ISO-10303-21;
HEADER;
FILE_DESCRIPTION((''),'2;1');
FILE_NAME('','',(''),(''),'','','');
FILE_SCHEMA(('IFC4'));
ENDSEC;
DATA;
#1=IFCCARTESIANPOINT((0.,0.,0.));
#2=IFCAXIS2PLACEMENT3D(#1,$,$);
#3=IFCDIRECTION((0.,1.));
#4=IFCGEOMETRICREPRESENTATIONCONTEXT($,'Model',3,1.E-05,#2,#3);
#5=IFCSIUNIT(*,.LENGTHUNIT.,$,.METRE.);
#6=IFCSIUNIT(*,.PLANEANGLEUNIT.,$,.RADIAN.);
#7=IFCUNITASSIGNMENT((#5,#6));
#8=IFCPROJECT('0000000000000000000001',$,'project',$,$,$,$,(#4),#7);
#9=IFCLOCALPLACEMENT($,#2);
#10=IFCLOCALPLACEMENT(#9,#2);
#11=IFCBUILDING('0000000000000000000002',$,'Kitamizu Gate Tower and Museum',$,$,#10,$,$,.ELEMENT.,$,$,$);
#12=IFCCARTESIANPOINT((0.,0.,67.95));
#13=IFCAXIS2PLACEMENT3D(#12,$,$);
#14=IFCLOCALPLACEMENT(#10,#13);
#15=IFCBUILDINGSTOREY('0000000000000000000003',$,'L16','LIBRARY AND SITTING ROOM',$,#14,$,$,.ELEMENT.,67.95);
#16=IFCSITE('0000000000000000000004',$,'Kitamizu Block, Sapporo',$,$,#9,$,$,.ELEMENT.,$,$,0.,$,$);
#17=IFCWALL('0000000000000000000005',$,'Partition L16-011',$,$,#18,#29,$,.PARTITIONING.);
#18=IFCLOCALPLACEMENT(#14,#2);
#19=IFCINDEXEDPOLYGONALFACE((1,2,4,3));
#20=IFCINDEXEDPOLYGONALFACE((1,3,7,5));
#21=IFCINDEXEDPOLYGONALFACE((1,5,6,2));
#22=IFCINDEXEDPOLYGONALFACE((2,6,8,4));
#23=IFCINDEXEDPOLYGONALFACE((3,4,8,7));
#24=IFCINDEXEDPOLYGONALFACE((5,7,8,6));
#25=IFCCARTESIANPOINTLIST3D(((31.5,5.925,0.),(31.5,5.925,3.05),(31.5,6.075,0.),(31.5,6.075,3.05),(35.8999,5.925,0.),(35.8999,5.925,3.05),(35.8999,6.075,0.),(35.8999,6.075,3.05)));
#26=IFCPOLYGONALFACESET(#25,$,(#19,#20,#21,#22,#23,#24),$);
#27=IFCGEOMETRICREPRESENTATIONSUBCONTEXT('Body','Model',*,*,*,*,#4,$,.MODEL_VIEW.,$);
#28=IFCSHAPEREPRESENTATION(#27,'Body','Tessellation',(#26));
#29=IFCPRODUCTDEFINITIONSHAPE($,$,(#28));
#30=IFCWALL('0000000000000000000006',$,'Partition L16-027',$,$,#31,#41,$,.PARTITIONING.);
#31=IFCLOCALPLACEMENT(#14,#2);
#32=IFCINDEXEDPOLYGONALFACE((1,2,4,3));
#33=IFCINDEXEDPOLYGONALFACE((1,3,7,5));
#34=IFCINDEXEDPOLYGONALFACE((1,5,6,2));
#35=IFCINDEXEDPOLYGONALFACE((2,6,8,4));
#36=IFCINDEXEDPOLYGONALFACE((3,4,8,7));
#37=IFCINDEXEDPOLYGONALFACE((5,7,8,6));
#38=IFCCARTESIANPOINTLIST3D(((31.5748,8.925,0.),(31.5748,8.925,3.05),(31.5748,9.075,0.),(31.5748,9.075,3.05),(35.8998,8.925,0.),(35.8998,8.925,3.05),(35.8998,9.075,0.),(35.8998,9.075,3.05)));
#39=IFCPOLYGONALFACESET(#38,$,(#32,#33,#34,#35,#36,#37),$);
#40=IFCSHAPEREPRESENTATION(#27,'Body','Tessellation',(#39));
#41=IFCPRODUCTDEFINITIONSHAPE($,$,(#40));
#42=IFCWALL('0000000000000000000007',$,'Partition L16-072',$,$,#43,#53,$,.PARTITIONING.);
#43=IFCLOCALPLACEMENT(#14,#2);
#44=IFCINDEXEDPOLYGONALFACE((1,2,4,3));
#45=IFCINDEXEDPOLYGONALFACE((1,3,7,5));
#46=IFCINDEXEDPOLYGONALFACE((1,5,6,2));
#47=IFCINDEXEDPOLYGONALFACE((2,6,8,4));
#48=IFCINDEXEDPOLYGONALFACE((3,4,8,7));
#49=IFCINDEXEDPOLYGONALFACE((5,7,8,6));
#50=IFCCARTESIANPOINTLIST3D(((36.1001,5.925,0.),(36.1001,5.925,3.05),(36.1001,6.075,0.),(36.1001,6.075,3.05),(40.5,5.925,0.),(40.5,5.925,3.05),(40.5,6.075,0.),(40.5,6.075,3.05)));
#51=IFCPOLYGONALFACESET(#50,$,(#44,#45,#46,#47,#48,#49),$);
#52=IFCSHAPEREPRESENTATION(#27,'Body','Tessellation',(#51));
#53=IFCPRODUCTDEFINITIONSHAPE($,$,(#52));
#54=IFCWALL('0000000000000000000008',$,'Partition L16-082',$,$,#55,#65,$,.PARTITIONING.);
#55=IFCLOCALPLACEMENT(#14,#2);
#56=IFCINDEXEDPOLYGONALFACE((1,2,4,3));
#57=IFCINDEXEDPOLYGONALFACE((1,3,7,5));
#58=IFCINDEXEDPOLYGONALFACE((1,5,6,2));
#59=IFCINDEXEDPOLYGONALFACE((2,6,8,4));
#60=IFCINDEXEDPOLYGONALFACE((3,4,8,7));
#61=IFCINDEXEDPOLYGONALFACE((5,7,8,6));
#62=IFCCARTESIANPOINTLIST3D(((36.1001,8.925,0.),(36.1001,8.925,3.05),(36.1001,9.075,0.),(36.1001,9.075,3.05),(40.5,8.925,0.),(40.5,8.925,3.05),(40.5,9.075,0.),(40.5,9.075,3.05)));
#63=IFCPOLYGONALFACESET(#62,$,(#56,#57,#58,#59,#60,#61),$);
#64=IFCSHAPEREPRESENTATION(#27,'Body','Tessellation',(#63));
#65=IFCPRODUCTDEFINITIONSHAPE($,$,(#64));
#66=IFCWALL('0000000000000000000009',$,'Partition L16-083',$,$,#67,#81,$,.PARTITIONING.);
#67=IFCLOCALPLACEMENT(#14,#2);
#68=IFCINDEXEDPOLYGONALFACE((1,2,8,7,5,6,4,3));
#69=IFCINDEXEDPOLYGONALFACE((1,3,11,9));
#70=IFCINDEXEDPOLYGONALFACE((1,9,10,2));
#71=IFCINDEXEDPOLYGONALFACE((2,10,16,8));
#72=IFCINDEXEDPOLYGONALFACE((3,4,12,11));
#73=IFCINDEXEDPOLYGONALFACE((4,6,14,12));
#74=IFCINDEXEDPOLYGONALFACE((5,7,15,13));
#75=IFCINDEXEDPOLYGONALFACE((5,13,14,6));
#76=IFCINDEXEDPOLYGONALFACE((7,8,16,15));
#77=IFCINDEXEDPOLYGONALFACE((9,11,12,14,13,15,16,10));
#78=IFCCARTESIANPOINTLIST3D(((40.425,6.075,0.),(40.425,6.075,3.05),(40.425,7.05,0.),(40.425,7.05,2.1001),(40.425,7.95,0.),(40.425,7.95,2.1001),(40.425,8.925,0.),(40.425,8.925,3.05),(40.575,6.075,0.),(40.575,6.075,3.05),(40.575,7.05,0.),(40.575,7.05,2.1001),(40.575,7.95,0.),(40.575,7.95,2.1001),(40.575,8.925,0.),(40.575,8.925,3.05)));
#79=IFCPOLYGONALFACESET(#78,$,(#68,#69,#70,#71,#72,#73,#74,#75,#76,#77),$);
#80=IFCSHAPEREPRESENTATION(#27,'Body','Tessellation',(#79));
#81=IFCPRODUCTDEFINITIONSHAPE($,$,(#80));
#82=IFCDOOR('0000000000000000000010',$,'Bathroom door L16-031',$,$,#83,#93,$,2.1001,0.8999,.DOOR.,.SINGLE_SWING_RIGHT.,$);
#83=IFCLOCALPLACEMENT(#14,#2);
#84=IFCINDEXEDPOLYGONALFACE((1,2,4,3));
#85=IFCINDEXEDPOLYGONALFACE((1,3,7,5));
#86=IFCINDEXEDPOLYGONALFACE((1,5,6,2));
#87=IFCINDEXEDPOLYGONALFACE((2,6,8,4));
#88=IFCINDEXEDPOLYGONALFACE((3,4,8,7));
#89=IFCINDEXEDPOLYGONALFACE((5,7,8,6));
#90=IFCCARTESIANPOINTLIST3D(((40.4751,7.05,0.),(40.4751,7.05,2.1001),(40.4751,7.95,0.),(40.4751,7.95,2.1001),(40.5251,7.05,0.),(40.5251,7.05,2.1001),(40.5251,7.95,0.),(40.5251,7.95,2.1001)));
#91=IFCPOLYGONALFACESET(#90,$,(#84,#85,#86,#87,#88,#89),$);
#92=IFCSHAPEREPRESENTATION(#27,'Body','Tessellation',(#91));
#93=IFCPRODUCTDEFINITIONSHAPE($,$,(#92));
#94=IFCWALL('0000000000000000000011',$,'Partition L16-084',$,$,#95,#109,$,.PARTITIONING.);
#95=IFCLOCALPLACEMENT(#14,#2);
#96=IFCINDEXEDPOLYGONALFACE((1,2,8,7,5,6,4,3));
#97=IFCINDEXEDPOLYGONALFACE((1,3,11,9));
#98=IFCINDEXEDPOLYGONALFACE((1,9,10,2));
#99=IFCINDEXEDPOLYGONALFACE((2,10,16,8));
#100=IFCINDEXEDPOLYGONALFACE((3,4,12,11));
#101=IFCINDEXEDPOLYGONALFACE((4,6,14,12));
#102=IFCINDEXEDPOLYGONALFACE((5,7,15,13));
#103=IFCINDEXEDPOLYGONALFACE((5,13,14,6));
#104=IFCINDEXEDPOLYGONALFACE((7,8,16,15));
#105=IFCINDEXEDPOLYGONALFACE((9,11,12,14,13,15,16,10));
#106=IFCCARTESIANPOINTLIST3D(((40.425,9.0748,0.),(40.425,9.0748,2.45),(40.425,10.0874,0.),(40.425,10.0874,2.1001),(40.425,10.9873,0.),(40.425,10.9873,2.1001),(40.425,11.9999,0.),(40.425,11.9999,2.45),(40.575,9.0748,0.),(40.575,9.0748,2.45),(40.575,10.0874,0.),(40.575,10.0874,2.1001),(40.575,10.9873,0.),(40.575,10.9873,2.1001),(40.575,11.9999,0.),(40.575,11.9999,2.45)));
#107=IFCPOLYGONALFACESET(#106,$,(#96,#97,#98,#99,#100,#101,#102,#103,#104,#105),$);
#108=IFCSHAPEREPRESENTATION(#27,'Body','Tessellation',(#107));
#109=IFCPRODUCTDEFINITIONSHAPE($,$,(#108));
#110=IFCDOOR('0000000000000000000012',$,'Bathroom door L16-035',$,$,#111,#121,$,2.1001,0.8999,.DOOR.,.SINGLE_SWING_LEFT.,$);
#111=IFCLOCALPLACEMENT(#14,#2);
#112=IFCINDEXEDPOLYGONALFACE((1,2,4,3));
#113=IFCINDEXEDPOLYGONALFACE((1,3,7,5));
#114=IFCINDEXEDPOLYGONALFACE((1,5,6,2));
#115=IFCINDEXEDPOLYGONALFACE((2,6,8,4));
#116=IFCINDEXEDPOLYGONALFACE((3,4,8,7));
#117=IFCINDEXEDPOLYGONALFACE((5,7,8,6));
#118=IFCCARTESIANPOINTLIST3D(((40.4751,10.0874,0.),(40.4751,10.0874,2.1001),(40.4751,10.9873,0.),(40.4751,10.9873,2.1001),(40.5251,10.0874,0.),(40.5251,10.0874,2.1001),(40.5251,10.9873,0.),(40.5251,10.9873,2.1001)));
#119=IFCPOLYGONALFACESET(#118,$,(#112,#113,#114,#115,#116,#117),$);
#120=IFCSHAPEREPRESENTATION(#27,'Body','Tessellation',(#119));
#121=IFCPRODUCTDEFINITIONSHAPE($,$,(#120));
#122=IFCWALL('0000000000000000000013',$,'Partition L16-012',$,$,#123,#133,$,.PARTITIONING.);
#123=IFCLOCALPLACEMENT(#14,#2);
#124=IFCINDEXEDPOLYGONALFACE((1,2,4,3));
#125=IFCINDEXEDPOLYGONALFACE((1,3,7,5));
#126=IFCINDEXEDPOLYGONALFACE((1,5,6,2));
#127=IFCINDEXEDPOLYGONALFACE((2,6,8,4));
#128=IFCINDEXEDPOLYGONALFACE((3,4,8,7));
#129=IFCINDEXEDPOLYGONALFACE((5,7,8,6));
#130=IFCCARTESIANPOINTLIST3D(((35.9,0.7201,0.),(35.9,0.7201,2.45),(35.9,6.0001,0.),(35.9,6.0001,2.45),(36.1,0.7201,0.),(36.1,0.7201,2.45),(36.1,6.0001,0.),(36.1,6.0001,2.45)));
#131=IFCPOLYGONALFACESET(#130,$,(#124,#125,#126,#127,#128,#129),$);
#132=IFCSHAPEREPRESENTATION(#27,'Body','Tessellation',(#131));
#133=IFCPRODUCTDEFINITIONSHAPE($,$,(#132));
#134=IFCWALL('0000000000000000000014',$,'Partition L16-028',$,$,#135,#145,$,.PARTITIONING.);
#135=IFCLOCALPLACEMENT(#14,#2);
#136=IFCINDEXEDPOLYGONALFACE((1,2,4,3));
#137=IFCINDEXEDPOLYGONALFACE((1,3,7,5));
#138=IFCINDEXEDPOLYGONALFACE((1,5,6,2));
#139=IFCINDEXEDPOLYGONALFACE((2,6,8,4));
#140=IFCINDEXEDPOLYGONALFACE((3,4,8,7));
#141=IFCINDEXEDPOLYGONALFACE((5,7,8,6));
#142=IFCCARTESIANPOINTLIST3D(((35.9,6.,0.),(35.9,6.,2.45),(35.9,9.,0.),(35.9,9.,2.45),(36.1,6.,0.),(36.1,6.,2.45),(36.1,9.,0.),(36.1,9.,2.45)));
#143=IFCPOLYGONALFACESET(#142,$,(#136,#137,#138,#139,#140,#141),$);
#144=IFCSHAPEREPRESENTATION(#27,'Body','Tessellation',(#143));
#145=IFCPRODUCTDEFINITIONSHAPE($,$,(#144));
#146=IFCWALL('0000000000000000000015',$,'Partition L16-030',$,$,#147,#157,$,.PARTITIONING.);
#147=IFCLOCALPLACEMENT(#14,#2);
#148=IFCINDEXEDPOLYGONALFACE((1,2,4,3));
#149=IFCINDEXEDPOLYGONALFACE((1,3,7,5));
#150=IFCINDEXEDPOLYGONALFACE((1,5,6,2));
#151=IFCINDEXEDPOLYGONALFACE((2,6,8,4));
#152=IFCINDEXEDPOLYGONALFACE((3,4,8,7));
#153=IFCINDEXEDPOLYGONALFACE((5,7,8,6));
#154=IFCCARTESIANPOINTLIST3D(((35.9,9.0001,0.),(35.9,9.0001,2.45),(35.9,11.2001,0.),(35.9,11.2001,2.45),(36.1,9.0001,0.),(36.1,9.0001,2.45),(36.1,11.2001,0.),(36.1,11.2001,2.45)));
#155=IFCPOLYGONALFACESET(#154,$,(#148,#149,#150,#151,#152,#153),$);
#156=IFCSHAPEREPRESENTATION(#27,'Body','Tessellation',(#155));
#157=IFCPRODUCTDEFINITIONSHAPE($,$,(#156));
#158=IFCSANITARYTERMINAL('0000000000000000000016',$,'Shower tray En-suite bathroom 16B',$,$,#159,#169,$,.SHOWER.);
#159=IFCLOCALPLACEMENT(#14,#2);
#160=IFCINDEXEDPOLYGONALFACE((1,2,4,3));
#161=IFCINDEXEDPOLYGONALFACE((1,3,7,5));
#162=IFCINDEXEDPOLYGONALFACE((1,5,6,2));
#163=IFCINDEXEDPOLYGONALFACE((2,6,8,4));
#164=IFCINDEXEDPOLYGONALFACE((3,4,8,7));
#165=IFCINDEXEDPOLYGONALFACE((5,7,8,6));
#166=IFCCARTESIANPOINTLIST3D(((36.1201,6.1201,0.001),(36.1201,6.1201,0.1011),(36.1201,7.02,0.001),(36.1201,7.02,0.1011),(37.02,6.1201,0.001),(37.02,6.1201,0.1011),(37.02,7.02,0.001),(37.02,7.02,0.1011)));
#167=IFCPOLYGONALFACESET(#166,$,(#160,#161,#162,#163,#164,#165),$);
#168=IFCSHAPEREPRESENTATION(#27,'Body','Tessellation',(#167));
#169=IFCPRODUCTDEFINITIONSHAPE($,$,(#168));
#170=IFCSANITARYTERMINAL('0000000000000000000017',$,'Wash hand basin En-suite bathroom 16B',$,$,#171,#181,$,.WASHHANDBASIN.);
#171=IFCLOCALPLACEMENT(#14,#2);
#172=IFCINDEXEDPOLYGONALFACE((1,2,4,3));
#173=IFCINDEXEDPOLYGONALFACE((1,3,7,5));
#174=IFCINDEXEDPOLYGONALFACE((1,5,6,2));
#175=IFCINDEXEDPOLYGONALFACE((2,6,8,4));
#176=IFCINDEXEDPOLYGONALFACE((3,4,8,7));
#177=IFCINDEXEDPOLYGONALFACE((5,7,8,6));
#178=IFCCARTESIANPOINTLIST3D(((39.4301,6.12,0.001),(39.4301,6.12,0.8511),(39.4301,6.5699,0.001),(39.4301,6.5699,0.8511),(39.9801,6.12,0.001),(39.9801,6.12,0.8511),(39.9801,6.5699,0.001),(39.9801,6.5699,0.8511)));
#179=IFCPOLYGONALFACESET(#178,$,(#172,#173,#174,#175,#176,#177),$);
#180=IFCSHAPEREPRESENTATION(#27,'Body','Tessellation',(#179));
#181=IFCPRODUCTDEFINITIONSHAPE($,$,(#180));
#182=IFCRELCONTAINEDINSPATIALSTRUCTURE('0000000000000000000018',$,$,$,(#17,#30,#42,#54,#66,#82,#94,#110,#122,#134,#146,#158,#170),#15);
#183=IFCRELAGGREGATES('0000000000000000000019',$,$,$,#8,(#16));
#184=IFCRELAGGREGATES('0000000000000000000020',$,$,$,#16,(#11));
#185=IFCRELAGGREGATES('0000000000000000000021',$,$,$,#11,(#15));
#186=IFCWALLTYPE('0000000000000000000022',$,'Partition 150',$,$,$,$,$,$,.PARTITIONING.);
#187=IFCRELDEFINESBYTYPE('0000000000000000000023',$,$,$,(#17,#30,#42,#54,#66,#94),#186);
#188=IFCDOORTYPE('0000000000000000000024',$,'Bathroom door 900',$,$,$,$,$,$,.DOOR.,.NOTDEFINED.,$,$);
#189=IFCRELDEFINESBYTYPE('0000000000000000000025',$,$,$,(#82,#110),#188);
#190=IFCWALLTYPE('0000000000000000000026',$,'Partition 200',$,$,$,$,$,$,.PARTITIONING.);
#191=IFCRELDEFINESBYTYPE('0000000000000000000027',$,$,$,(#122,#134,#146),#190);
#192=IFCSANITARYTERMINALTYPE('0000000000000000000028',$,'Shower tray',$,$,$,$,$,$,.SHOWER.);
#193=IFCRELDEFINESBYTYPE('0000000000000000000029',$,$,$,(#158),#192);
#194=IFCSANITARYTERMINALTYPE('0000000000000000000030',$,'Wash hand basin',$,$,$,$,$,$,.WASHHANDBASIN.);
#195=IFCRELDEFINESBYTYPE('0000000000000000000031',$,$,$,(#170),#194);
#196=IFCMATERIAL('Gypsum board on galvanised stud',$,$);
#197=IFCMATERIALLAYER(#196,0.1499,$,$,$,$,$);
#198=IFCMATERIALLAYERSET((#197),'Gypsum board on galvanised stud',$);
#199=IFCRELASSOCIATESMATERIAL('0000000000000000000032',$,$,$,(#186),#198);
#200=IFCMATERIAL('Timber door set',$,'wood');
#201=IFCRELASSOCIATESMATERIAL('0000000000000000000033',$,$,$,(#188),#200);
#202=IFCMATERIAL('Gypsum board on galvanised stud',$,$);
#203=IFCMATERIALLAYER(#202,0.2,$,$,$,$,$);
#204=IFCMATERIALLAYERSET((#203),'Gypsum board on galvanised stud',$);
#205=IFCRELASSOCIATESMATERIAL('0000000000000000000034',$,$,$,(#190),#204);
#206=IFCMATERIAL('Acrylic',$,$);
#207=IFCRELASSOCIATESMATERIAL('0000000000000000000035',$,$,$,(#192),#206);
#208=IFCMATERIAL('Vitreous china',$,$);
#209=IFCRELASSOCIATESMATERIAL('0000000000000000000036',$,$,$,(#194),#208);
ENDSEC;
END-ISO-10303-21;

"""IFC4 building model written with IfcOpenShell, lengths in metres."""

from ifc_helpers import new_model, si_unit, direction, frame, frame_2d, origin, origin_2d, place, context, subcontext, project, spatial, rectangle, extrude, material, layer, layer_set, type_object, element, fill, save


model = new_model("IFC4")

# Units and contexts
model_context = context("Model", 3, precision=1e-05, world=origin(), true_north=direction((0.0, 1.0)))
body_context = subcontext(model_context, "Body", "Model", "MODEL_VIEW")
ifc_project = project(units=[si_unit("LENGTHUNIT", "METRE"), si_unit("PLANEANGLEUNIT", "RADIAN")], contexts=[model_context])

# Site, building, storey
site_placement = place(None, origin())
site = spatial("IfcSite", under=ifc_project, at=site_placement, Name="Kitamizu Block, Sapporo", CompositionType="ELEMENT", RefElevation=0.0)
building_placement = place(site_placement, origin())
building = spatial("IfcBuilding", under=site, at=building_placement, Name="Kitamizu Gate Tower and Museum", CompositionType="ELEMENT")
storey_placement = place(building_placement, frame((0.0, 0.0, 67.95)))
storey = spatial("IfcBuildingStorey", under=building, at=storey_placement, Name="L16", Description="LIBRARY AND SITTING ROOM", CompositionType="ELEMENT", Elevation=67.95)

# Walls
ifc_material_1 = material(Name="Gypsum board on galvanised stud")
ifc_layer_1 = layer(ifc_material_1, 0.1499)
ifc_layer_set_1 = layer_set([ifc_layer_1], Name="Gypsum board on galvanised stud")
wall_type_1 = type_object("IfcWallType", Name="Partition 150", PredefinedType="PARTITIONING", material=ifc_layer_set_1)
wall_1_placement = place(storey_placement, frame((35.8999, 6.0, 0.0), z_axis=(0.0, 0.0, 1.0), x_axis=(-1.0, 0.0, 0.0)))
element("IfcWall", 1, at=wall_1_placement, inside=storey, type_object=wall_type_1, Name="Partition L16-011", PredefinedType="PARTITIONING", context=body_context, shape_type="SweptSolid", body=[
    extrude(rectangle(XDim=4.3999, YDim=0.1499, at=frame_2d((2.2, 0.0))), origin(), (0.0, 0.0, 1.0), 3.05),
])
wall_2_placement = place(storey_placement, frame((35.8999, 9.0, 0.0), z_axis=(0.0, 0.0, 1.0), x_axis=(-1.0, 0.0, 0.0)))
element("IfcWall", 2, at=wall_2_placement, inside=storey, type_object=wall_type_1, Name="Partition L16-027", PredefinedType="PARTITIONING", context=body_context, shape_type="SweptSolid", body=[
    extrude(rectangle(XDim=4.325, YDim=0.1499, at=frame_2d((2.1626, 0.0))), origin(), (0.0, 0.0, 1.0), 3.05),
])
for number, where, z_axis, x_axis, name in (
    (3, (40.5, 6.0, 0.0), (0.0, 0.0, 1.0), (-1.0, 0.0, 0.0), "Partition L16-072"),
    (4, (40.5, 9.0, 0.0), (0.0, 0.0, 1.0), (-1.0, 0.0, 0.0), "Partition L16-082"),
):
    element("IfcWall", number, at=place(storey_placement, frame(where, z_axis=z_axis, x_axis=x_axis)), inside=storey, type_object=wall_type_1, Name=name, PredefinedType="PARTITIONING", context=body_context, shape_type="SweptSolid", body=[
        extrude(rectangle(XDim=4.3999, YDim=0.1499, at=frame_2d((2.2, 0.0))), origin(), (0.0, 0.0, 1.0), 3.05),
    ])

# Walls, openings, doors
wall_3_placement = place(storey_placement, frame((40.5, 6.075, 0.0), z_axis=(0.0, 0.0, 1.0), x_axis=(0.0, 1.0, 0.0)))
wall_3 = element("IfcWall", 5, at=wall_3_placement, inside=storey, type_object=wall_type_1, Name="Partition L16-083", PredefinedType="PARTITIONING", context=body_context, shape_type="SweptSolid", body=[
    extrude(rectangle(XDim=2.8501, YDim=0.1499, at=frame_2d((1.425, 0.0))), origin(), (0.0, 0.0, 1.0), 3.05),
])
opening_1_placement = place(wall_3_placement, frame((0.9751, 0.0, 0.0)))
opening_1 = element("IfcOpeningElement", 6, at=opening_1_placement, cuts=wall_3, PredefinedType="OPENING", context=body_context, shape_type="SweptSolid", body=[
    extrude(rectangle(XDim=0.8999, YDim=2.1001, at=frame_2d((0.45, 1.05))), frame((0.0, 0.085, 0.0), z_axis=(0.0, -1.0, 0.0), x_axis=(1.0, 0.0, 0.0)), (0.0, 0.0, 1.0), 0.1699),
])
ifc_material_2 = material(Name="Timber door set", Category="wood")
door_type_1 = type_object("IfcDoorType", Name="Bathroom door 900", OperationType="NOTDEFINED", PredefinedType="DOOR", material=ifc_material_2)
door_1_placement = place(opening_1_placement, origin())
door_1 = element("IfcDoor", 7, at=door_1_placement, inside=storey, type_object=door_type_1, Name="Bathroom door L16-031", OperationType="SINGLE_SWING_RIGHT", OverallHeight=2.1001, OverallWidth=0.8999, PredefinedType="DOOR", context=body_context, shape_type="SweptSolid", body=[
    extrude(rectangle(XDim=0.8999, YDim=2.1001, at=frame_2d((0.45, 1.05))), frame((0.0, 0.0249, 0.0), z_axis=(0.0, -1.0, 0.0), x_axis=(1.0, 0.0, 0.0)), (0.0, 0.0, 1.0), 0.05),
])
fill(opening_1, door_1)
wall_4_placement = place(storey_placement, frame((40.5, 9.075, 0.0), z_axis=(0.0, 0.0, 1.0), x_axis=(0.0, 1.0, 0.0)))
wall_4 = element("IfcWall", 8, at=wall_4_placement, inside=storey, type_object=wall_type_1, Name="Partition L16-084", PredefinedType="PARTITIONING", context=body_context, shape_type="SweptSolid", body=[
    extrude(rectangle(XDim=2.925, YDim=0.1499, at=frame_2d((1.4624, 0.0))), origin(), (0.0, 0.0, 1.0), 2.45),
])
opening_2_placement = place(wall_4_placement, frame((1.0125, 0.0, 0.0)))
opening_2 = element("IfcOpeningElement", 9, at=opening_2_placement, cuts=wall_4, PredefinedType="OPENING", context=body_context, shape_type="SweptSolid", body=[
    extrude(rectangle(XDim=0.8999, YDim=2.1001, at=frame_2d((0.45, 1.05))), frame((0.0, 0.085, 0.0), z_axis=(0.0, -1.0, 0.0), x_axis=(1.0, 0.0, 0.0)), (0.0, 0.0, 1.0), 0.1699),
])
door_2_placement = place(opening_2_placement, origin())
door_2 = element("IfcDoor", 10, at=door_2_placement, inside=storey, type_object=door_type_1, Name="Bathroom door L16-035", OperationType="SINGLE_SWING_LEFT", OverallHeight=2.1001, OverallWidth=0.8999, PredefinedType="DOOR", context=body_context, shape_type="SweptSolid", body=[
    extrude(rectangle(XDim=0.8999, YDim=2.1001, at=frame_2d((0.45, 1.05))), frame((0.0, 0.0249, 0.0), z_axis=(0.0, -1.0, 0.0), x_axis=(1.0, 0.0, 0.0)), (0.0, 0.0, 1.0), 0.05),
])
fill(opening_2, door_2)

# Walls
ifc_material_3 = material(Name="Gypsum board on galvanised stud")
ifc_layer_2 = layer(ifc_material_3, 0.2)
ifc_layer_set_2 = layer_set([ifc_layer_2], Name="Gypsum board on galvanised stud")
wall_type_2 = type_object("IfcWallType", Name="Partition 200", PredefinedType="PARTITIONING", material=ifc_layer_set_2)
wall_5_placement = place(storey_placement, frame((36.0, 0.72, 0.0), z_axis=(0.0, 0.0, 1.0), x_axis=(0.0, 1.0, 0.0)))
element("IfcWall", 11, at=wall_5_placement, inside=storey, type_object=wall_type_2, Name="Partition L16-012", PredefinedType="PARTITIONING", context=body_context, shape_type="SweptSolid", body=[
    extrude(rectangle(XDim=5.28, YDim=0.2, at=frame_2d((2.6401, 0.0))), origin(), (0.0, 0.0, 1.0), 2.45),
])
wall_6_placement = place(storey_placement, frame((36.0, 6.0, 0.0), z_axis=(0.0, 0.0, 1.0), x_axis=(0.0, 1.0, 0.0)))
element("IfcWall", 12, at=wall_6_placement, inside=storey, type_object=wall_type_2, Name="Partition L16-028", PredefinedType="PARTITIONING", context=body_context, shape_type="SweptSolid", body=[
    extrude(rectangle(XDim=3.0, YDim=0.2, at=frame_2d((1.5, 0.0))), origin(), (0.0, 0.0, 1.0), 2.45),
])
wall_7_placement = place(storey_placement, frame((36.0, 9.0, 0.0), z_axis=(0.0, 0.0, 1.0), x_axis=(0.0, 1.0, 0.0)))
element("IfcWall", 13, at=wall_7_placement, inside=storey, type_object=wall_type_2, Name="Partition L16-030", PredefinedType="PARTITIONING", context=body_context, shape_type="SweptSolid", body=[
    extrude(rectangle(XDim=2.2, YDim=0.2, at=frame_2d((1.1001, 0.0))), origin(), (0.0, 0.0, 1.0), 2.45),
])

# Sanitary terminals
ifc_material_4 = material(Name="Acrylic")
sanitary_terminal_type_1 = type_object("IfcSanitaryTerminalType", Name="Shower tray", PredefinedType="SHOWER", material=ifc_material_4)
sanitary_terminal_1_placement = place(storey_placement, frame((36.5701, 6.5701, 0.001), z_axis=(0.0, 0.0, 1.0), x_axis=(1.0, 0.0, 0.0)))
element("IfcSanitaryTerminal", 14, at=sanitary_terminal_1_placement, inside=storey, type_object=sanitary_terminal_type_1, Name="Shower tray En-suite bathroom 16B", PredefinedType="SHOWER", context=body_context, shape_type="SweptSolid", body=[
    extrude(rectangle(XDim=0.8999, YDim=0.8999, at=origin_2d()), origin(), (0.0, 0.0, 1.0), 0.1001),
])
ifc_material_5 = material(Name="Vitreous china")
sanitary_terminal_type_2 = type_object("IfcSanitaryTerminalType", Name="Wash hand basin", PredefinedType="WASHHANDBASIN", material=ifc_material_5)
sanitary_terminal_2_placement = place(storey_placement, frame((39.7051, 6.345, 0.001), z_axis=(0.0, 0.0, 1.0), x_axis=(1.0, 0.0, 0.0)))
element("IfcSanitaryTerminal", 15, at=sanitary_terminal_2_placement, inside=storey, type_object=sanitary_terminal_type_2, Name="Wash hand basin En-suite bathroom 16B", PredefinedType="WASHHANDBASIN", context=body_context, shape_type="SweptSolid", body=[
    extrude(rectangle(XDim=0.55, YDim=0.45, at=origin_2d()), origin(), (0.0, 0.0, 1.0), 0.8501),
])

save(model, "model.ifc")
